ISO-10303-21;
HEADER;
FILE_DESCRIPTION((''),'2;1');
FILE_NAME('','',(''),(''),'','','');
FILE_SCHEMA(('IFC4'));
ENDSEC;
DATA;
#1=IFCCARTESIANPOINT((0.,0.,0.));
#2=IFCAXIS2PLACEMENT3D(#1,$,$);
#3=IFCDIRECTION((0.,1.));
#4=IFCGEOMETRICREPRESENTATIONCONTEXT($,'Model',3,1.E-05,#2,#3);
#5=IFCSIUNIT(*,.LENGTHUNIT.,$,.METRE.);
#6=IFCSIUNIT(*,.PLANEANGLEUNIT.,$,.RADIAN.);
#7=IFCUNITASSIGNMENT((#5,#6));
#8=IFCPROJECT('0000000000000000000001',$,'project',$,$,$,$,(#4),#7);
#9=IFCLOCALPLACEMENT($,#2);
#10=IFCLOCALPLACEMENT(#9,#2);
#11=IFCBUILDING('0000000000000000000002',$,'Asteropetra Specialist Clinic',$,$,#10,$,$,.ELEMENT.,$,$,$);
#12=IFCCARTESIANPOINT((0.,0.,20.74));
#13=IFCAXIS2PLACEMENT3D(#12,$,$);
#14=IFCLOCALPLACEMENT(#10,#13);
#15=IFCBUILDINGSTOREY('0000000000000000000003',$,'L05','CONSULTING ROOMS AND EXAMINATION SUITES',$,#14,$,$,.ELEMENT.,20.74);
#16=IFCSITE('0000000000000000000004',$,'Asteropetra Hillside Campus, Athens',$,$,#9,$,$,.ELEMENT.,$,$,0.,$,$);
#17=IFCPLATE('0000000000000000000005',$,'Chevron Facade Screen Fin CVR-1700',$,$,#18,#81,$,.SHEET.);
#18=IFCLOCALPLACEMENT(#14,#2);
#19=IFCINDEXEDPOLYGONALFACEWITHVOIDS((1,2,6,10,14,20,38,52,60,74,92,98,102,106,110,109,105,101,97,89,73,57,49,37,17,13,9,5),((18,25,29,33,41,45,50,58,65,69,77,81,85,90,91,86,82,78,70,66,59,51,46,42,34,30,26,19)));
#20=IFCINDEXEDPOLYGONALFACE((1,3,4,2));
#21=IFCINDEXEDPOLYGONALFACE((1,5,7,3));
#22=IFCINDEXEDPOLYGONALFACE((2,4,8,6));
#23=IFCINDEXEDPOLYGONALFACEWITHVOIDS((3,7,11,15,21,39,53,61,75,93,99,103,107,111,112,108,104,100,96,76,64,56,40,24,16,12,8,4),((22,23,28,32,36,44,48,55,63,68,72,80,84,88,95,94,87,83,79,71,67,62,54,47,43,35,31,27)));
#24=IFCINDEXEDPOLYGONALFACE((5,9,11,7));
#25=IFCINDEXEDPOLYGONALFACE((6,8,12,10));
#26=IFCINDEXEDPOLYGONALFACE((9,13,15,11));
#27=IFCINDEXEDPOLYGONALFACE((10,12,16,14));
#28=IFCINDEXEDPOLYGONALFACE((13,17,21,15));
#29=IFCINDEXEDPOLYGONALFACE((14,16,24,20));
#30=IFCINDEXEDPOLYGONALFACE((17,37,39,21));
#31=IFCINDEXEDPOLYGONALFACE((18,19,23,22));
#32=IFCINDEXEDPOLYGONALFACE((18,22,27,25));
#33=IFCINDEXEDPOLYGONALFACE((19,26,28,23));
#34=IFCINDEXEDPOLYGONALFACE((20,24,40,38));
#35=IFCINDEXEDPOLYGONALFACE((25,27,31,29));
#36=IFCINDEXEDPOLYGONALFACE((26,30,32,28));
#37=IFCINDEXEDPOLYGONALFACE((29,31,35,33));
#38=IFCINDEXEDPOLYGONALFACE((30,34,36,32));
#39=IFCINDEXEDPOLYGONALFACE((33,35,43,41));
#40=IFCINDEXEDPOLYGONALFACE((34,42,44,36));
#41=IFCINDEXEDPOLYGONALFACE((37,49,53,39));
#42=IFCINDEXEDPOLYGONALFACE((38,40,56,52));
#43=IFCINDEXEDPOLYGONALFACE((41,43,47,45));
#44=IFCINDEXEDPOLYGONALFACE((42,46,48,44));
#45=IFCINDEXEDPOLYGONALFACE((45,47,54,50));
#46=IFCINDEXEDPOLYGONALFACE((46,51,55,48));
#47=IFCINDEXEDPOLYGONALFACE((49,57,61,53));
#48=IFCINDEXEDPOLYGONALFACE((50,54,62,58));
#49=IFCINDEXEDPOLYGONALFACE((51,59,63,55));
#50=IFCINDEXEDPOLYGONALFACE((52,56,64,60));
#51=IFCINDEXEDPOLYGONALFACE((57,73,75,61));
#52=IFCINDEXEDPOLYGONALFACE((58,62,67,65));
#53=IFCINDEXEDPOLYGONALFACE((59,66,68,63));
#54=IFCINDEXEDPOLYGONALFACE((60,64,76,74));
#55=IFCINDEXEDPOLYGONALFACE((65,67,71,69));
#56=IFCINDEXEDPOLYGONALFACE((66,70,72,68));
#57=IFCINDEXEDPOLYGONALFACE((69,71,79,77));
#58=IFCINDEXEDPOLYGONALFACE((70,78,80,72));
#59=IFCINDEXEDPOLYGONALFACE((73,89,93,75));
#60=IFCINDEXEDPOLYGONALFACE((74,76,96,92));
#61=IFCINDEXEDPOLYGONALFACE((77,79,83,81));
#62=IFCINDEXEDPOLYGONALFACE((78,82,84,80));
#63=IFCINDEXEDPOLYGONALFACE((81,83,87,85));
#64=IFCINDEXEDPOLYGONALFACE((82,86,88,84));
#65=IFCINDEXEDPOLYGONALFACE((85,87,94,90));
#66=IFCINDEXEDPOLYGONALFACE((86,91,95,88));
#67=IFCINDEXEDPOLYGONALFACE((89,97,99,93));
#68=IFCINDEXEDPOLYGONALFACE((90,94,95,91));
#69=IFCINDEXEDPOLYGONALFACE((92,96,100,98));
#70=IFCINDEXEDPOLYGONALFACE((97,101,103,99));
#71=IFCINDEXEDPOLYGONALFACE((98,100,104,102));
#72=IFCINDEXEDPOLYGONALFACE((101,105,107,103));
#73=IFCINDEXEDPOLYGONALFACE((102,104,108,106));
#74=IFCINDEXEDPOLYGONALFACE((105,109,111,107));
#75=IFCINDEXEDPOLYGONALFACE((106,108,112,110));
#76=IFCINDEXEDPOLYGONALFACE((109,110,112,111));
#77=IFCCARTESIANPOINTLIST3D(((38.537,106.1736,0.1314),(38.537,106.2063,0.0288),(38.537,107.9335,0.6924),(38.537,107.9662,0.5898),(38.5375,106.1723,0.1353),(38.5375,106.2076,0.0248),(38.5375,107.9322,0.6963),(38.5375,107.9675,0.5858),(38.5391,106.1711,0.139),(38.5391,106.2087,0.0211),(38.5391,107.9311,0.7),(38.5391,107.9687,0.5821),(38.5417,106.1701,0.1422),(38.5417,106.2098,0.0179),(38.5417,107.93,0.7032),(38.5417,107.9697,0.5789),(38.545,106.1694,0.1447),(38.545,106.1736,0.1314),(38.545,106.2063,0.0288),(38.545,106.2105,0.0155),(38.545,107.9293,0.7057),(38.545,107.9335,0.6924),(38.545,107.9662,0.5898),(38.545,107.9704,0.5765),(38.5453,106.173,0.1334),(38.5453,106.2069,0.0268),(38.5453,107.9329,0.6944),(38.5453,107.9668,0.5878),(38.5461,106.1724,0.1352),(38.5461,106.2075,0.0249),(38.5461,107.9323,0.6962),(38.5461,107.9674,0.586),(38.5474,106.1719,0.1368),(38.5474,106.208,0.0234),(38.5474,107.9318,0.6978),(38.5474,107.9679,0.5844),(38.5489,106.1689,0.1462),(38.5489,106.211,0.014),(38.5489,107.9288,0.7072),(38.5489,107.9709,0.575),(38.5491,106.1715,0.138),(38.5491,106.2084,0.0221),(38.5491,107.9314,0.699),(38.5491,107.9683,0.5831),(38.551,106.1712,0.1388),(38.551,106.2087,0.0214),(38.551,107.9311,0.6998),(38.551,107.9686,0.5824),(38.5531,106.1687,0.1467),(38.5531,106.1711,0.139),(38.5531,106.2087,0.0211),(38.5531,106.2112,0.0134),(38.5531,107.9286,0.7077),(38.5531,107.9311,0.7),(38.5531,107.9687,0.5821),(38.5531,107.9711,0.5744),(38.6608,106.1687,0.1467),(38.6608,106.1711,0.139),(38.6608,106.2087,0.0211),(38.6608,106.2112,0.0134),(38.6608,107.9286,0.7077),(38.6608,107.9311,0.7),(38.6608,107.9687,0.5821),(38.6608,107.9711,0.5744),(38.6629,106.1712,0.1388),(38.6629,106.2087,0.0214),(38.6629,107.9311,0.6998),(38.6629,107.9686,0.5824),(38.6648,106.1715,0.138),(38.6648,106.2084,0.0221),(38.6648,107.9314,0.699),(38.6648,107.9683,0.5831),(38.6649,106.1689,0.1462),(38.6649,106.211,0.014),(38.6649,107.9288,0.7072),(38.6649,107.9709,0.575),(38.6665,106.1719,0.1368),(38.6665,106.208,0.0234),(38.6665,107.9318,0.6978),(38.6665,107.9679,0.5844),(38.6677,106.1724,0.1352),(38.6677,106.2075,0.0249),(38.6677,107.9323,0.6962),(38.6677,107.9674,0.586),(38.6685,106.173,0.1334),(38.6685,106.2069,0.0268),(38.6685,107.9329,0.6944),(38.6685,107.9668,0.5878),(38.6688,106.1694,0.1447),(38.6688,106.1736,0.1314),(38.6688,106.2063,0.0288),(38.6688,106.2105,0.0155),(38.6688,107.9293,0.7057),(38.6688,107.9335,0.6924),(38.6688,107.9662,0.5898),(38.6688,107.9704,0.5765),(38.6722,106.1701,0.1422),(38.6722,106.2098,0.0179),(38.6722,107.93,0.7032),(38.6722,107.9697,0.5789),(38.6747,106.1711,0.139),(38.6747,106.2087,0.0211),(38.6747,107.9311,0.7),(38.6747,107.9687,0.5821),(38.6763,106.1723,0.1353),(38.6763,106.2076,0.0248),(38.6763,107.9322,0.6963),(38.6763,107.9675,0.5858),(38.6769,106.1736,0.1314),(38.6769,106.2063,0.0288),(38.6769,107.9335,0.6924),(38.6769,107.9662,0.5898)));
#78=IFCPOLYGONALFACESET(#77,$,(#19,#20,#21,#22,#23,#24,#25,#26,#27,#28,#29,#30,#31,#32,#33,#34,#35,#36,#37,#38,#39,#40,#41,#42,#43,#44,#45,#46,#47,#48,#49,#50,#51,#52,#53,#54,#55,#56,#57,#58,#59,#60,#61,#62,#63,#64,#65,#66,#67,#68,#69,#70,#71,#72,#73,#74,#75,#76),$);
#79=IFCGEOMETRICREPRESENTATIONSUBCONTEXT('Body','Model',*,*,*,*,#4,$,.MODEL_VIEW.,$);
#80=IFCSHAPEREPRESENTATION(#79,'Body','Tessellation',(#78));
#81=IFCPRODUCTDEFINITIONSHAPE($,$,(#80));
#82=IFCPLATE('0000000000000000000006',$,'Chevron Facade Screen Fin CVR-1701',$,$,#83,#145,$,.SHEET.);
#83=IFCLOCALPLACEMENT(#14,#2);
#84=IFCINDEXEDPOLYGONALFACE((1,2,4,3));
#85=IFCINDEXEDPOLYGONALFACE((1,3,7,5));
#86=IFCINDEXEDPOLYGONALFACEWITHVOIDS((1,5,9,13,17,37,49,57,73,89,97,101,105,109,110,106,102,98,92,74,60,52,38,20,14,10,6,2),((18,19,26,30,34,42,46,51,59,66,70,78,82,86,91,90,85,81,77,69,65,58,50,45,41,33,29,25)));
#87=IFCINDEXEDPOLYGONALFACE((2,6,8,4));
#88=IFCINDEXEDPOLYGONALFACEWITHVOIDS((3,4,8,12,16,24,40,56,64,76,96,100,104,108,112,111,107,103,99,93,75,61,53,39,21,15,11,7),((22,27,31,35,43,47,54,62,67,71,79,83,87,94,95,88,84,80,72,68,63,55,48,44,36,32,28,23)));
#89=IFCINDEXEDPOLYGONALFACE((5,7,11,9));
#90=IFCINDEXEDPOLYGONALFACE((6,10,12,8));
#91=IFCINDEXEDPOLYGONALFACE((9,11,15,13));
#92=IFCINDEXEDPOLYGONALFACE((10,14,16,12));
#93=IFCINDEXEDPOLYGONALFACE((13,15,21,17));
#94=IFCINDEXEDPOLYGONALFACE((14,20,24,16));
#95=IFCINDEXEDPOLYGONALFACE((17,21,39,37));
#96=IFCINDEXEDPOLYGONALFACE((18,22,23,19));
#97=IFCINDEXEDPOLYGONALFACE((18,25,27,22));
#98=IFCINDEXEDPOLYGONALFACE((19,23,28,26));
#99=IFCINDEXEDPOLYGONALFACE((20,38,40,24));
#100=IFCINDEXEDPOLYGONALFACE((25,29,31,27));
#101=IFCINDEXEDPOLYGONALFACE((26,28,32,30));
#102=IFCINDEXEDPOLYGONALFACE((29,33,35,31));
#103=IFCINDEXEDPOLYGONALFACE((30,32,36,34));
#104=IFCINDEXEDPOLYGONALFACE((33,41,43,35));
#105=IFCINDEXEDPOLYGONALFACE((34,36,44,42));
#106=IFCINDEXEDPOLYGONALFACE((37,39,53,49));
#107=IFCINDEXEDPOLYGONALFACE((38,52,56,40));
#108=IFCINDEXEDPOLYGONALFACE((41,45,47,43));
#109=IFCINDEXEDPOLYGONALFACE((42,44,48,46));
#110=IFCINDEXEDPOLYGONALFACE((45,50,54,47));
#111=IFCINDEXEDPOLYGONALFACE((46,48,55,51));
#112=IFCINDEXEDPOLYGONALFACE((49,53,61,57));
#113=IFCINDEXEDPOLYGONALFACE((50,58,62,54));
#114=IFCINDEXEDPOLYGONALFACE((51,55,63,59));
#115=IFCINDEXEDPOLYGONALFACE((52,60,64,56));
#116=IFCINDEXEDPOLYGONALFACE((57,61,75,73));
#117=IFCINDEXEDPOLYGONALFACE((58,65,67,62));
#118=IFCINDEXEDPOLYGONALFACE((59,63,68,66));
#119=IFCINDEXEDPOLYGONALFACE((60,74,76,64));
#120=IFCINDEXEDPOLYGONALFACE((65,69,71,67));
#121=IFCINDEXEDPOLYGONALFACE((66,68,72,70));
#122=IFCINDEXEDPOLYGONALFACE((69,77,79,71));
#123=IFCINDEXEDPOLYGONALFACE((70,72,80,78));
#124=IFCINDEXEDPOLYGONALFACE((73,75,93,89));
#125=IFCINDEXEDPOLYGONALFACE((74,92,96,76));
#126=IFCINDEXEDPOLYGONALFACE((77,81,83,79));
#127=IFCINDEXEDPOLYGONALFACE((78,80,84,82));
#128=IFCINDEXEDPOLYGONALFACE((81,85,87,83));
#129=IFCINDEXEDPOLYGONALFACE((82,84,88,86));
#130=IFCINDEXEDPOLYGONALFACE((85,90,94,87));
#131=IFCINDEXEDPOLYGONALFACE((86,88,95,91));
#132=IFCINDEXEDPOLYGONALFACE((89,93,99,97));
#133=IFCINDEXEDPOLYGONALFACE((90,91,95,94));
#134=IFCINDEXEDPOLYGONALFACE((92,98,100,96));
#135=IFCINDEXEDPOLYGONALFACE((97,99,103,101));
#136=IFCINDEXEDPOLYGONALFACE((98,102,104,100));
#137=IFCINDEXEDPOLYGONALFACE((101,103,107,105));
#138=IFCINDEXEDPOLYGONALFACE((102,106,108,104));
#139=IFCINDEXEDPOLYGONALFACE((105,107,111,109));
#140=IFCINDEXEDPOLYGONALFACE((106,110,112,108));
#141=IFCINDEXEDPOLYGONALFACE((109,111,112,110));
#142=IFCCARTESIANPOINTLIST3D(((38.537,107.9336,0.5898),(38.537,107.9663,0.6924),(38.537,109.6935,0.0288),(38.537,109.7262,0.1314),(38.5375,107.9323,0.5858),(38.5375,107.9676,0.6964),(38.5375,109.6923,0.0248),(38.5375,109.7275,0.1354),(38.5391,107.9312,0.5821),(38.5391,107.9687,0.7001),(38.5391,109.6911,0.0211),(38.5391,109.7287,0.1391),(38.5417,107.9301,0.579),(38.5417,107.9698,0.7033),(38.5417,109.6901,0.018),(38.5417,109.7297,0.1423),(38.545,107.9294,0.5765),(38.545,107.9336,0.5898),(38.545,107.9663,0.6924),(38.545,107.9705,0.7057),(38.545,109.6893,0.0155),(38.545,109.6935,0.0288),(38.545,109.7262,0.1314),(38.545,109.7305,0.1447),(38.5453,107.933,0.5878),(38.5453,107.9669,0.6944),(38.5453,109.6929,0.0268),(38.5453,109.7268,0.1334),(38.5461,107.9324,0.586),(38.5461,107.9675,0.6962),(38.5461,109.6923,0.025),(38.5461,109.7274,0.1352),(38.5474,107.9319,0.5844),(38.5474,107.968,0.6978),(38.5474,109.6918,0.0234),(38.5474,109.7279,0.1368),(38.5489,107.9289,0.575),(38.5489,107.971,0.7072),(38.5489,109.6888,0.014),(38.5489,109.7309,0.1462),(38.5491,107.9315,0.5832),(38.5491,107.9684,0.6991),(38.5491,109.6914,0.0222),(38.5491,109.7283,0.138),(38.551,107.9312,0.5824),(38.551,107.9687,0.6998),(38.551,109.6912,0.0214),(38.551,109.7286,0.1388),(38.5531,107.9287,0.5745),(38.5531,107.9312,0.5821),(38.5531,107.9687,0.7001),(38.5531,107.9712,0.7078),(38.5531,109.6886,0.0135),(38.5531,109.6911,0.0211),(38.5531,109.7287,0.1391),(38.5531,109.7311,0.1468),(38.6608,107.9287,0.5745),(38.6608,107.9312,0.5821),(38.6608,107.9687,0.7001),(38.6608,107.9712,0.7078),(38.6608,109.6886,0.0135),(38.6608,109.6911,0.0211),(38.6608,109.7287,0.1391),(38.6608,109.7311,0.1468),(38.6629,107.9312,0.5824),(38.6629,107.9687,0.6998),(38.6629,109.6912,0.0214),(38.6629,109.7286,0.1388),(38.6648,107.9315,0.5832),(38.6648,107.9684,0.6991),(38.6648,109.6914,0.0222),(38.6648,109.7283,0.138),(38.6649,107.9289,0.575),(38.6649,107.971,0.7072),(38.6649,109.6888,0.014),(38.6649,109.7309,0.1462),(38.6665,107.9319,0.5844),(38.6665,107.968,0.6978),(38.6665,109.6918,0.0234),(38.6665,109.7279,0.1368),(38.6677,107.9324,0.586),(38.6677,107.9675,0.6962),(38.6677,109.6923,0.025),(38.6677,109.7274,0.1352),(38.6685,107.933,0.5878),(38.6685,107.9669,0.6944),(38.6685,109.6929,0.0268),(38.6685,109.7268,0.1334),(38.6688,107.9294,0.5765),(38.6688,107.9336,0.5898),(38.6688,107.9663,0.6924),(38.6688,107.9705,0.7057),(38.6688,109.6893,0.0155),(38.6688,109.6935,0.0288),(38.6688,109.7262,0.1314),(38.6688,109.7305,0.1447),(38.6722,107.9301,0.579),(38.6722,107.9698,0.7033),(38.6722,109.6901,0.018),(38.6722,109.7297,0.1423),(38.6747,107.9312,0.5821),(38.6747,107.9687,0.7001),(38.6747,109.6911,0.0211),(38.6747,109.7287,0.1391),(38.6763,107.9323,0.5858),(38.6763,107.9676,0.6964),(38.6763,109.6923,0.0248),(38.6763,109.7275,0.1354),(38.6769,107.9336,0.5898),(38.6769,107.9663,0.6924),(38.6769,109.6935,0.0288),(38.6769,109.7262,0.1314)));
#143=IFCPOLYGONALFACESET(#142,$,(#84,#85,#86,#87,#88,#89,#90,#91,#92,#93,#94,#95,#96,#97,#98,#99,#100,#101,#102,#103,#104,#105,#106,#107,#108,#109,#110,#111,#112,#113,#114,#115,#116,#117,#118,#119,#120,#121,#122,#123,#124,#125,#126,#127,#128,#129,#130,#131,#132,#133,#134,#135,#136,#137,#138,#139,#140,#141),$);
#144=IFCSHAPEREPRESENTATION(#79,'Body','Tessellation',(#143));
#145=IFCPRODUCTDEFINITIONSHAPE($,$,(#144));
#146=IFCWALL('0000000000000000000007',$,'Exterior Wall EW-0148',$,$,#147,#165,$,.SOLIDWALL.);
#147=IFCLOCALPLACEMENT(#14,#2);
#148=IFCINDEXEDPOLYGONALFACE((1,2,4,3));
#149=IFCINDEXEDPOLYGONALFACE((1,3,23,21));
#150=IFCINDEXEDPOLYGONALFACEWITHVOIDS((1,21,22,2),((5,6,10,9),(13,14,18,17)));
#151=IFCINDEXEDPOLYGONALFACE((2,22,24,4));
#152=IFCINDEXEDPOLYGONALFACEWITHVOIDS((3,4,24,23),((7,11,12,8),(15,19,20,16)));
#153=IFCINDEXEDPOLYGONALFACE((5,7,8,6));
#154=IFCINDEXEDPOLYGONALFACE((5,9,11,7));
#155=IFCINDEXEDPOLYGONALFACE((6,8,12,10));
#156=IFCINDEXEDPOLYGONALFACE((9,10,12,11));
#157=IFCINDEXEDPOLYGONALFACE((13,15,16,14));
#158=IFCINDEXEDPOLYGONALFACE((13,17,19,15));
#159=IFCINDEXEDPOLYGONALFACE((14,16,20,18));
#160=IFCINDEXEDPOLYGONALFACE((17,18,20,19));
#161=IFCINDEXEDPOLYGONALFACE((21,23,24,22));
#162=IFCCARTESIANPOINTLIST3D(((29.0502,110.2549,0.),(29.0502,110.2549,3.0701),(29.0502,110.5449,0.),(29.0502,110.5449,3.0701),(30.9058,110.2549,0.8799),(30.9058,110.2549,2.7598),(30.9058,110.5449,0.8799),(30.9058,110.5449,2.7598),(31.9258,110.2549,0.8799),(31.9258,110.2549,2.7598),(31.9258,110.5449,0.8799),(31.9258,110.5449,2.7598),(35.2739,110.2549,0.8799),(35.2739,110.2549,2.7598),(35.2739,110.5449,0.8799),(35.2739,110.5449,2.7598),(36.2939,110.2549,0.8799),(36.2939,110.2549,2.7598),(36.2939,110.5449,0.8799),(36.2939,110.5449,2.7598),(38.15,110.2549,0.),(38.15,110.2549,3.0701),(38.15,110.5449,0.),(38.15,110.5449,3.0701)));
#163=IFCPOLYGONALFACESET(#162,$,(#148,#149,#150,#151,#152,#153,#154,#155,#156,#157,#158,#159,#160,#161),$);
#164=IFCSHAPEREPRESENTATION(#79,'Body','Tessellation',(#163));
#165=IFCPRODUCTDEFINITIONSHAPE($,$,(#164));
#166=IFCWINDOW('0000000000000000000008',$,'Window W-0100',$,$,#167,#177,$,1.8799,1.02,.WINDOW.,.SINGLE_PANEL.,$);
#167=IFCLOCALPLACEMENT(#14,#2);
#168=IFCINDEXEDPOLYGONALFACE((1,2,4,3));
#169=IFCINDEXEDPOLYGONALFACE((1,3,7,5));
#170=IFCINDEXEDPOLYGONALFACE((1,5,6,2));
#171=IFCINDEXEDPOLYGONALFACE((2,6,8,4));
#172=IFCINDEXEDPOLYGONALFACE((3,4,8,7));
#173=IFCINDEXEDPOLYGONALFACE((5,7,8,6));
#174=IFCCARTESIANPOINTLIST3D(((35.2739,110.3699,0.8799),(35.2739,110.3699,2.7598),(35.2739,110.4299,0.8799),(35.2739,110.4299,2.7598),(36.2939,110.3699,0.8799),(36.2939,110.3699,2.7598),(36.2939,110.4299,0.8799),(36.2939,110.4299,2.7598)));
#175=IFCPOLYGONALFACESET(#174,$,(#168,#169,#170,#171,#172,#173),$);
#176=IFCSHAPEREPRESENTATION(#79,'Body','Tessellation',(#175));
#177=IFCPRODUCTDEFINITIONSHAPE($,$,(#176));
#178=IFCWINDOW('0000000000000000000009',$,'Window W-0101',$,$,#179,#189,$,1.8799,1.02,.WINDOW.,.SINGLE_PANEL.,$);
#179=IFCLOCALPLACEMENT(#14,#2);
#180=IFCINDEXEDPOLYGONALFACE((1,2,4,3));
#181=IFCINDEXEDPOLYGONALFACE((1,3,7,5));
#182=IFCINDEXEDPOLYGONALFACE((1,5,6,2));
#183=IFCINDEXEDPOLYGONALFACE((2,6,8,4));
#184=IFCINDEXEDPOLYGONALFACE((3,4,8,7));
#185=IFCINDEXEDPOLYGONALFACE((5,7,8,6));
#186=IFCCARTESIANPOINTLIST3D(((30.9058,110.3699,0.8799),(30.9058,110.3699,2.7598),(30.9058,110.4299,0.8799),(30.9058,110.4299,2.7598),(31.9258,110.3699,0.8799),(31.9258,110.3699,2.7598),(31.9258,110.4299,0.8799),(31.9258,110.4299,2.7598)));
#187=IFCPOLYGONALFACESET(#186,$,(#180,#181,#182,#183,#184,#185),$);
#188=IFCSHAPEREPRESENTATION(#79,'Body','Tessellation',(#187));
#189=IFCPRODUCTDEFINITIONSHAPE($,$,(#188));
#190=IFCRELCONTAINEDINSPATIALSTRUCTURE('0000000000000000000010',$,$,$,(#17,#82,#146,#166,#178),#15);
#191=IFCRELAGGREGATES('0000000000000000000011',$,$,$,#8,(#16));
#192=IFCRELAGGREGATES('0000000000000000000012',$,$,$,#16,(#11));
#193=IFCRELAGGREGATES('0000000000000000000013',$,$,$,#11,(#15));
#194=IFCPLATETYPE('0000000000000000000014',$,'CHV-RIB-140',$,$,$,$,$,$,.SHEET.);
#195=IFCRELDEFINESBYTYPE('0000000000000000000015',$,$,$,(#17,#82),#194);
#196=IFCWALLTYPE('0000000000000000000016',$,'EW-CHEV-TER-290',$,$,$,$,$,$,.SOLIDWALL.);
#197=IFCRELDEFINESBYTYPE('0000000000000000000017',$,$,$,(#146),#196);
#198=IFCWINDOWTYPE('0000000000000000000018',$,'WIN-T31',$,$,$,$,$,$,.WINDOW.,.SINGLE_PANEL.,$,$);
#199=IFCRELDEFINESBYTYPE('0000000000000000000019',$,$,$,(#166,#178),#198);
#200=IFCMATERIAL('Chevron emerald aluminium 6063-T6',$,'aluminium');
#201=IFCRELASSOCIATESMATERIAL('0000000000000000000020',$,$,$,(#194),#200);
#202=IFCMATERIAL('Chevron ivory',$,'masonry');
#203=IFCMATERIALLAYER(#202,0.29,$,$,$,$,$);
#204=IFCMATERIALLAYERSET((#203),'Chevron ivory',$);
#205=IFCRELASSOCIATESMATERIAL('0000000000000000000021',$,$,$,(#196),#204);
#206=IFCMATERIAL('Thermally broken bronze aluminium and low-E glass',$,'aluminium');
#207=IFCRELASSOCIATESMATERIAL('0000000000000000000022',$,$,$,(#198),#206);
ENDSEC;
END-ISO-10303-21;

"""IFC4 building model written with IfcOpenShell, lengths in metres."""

from ifc_helpers import new_model, si_unit, direction, frame, frame_2d, origin, origin_2d, place, context, subcontext, project, spatial, rectangle, hollow_rectangle, extrude, material, layer, layer_set, material_profile, profile_set, type_object, element, fill, save


model = new_model("IFC4")

# Units and contexts
model_context = context("Model", 3, precision=1e-05, world=origin(), true_north=direction((0.0, 1.0)))
body_context = subcontext(model_context, "Body", "Model", "MODEL_VIEW")
ifc_project = project(units=[si_unit("LENGTHUNIT", "METRE"), si_unit("PLANEANGLEUNIT", "RADIAN")], contexts=[model_context])

# Site, building, storey
site_placement = place(None, origin())
site = spatial("IfcSite", under=ifc_project, at=site_placement, Name="Asteropetra Hillside Campus, Athens", CompositionType="ELEMENT", RefElevation=0.0)
building_placement = place(site_placement, origin())
building = spatial("IfcBuilding", under=site, at=building_placement, Name="Asteropetra Specialist Clinic", CompositionType="ELEMENT")
storey_placement = place(building_placement, frame((0.0, 0.0, 20.74)))
storey = spatial("IfcBuildingStorey", under=building, at=storey_placement, Name="L05", Description="CONSULTING ROOMS AND EXAMINATION SUITES", CompositionType="ELEMENT", Elevation=20.74)

# Plates
ifc_material_1 = material(Name="Chevron emerald aluminium 6063-T6", Category="aluminium")
ifc_material_profile_1 = material_profile(ifc_material_1, hollow_rectangle(XDim=0.1399, YDim=0.1399, WallThickness=0.0081, InnerFilletRadius=0.0081, OuterFilletRadius=0.0161, at=origin_2d()), Name="SHS 140x140x8.0")
ifc_profile_set_1 = profile_set([ifc_material_profile_1], Name="Chevron emerald aluminium 6063-T6")
plate_type = type_object("IfcPlateType", Name="CHV-RIB-140", PredefinedType="SHEET", material=ifc_profile_set_1)
for number, where, z_axis, x_axis, name in (
    (1, (38.6069, 106.1899, 0.0801), (0.0, 0.952764, 0.303711), (-1.0, 0.0, 0.0), "Chevron Facade Screen Fin CVR-1700"),
    (2, (38.6069, 107.95, 0.6411), (0.0, 0.952764, -0.303711), (-1.0, 0.0, 0.0), "Chevron Facade Screen Fin CVR-1701"),
):
    element("IfcPlate", number, at=place(storey_placement, frame(where, z_axis=z_axis, x_axis=x_axis)), inside=storey, type_object=plate_type, Name=name, PredefinedType="SHEET", context=body_context, shape_type="SweptSolid", body=[
        extrude(hollow_rectangle(XDim=0.1399, YDim=0.1399, WallThickness=0.0081, InnerFilletRadius=0.0081, OuterFilletRadius=0.0161, at=origin_2d()), origin(), (0.0, 0.0, 1.0), 1.8472),
    ])

# Wall, openings, windows
ifc_material_2 = material(Name="Chevron ivory", Category="masonry")
ifc_layer_1 = layer(ifc_material_2, 0.29)
ifc_layer_set_1 = layer_set([ifc_layer_1], Name="Chevron ivory")
wall_type = type_object("IfcWallType", Name="EW-CHEV-TER-290", PredefinedType="SOLIDWALL", material=ifc_layer_set_1)
wall_1_placement = place(storey_placement, frame((38.1499, 110.3999, 0.0), z_axis=(0.0, 0.0, 1.0), x_axis=(-1.0, 0.0, 0.0)))
wall_1 = element("IfcWall", 3, at=wall_1_placement, inside=storey, type_object=wall_type, Name="Exterior Wall EW-0148", PredefinedType="SOLIDWALL", context=body_context, shape_type="SweptSolid", body=[
    extrude(rectangle(XDim=9.0999, YDim=0.29, at=frame_2d((4.5498, 0.0))), origin(), (0.0, 0.0, 1.0), 3.0701),
])
opening_1_placement = place(wall_1_placement, frame((1.856, 0.0, 0.8799)))
opening_1 = element("IfcOpeningElement", 4, at=opening_1_placement, cuts=wall_1, PredefinedType="OPENING", context=body_context, shape_type="SweptSolid", body=[
    extrude(rectangle(XDim=1.02, YDim=1.8799, at=frame_2d((0.51, 0.9399))), frame((0.0, 0.155, 0.0), z_axis=(0.0, -1.0, 0.0), x_axis=(1.0, 0.0, 0.0)), (0.0, 0.0, 1.0), 0.3101),
])
opening_2_placement = place(wall_1_placement, frame((6.2241, 0.0, 0.8799)))
opening_2 = element("IfcOpeningElement", 5, at=opening_2_placement, cuts=wall_1, PredefinedType="OPENING", context=body_context, shape_type="SweptSolid", body=[
    extrude(rectangle(XDim=1.02, YDim=1.8799, at=frame_2d((0.51, 0.9399))), frame((0.0, 0.155, 0.0), z_axis=(0.0, -1.0, 0.0), x_axis=(1.0, 0.0, 0.0)), (0.0, 0.0, 1.0), 0.3101),
])
ifc_material_3 = material(Name="Thermally broken bronze aluminium and low-E glass", Category="aluminium")
window_type = type_object("IfcWindowType", Name="WIN-T31", PartitioningType="SINGLE_PANEL", PredefinedType="WINDOW", material=ifc_material_3)
window_1_placement = place(opening_1_placement, origin())
window_1 = element("IfcWindow", 6, at=window_1_placement, inside=storey, type_object=window_type, Name="Window W-0100", OverallHeight=1.8799, OverallWidth=1.02, PartitioningType="SINGLE_PANEL", PredefinedType="WINDOW", context=body_context, shape_type="SweptSolid", body=[
    extrude(rectangle(XDim=1.02, YDim=1.8799, at=frame_2d((0.51, 0.9399))), frame((0.0, 0.03, 0.0), z_axis=(0.0, -1.0, 0.0), x_axis=(1.0, 0.0, 0.0)), (0.0, 0.0, 1.0), 0.0601),
])
fill(opening_1, window_1)
window_2_placement = place(opening_2_placement, origin())
window_2 = element("IfcWindow", 7, at=window_2_placement, inside=storey, type_object=window_type, Name="Window W-0101", OverallHeight=1.8799, OverallWidth=1.02, PartitioningType="SINGLE_PANEL", PredefinedType="WINDOW", context=body_context, shape_type="SweptSolid", body=[
    extrude(rectangle(XDim=1.02, YDim=1.8799, at=frame_2d((0.51, 0.9399))), frame((0.0, 0.03, 0.0), z_axis=(0.0, -1.0, 0.0), x_axis=(1.0, 0.0, 0.0)), (0.0, 0.0, 1.0), 0.0601),
])
fill(opening_2, window_2)

save(model, "model.ifc")
